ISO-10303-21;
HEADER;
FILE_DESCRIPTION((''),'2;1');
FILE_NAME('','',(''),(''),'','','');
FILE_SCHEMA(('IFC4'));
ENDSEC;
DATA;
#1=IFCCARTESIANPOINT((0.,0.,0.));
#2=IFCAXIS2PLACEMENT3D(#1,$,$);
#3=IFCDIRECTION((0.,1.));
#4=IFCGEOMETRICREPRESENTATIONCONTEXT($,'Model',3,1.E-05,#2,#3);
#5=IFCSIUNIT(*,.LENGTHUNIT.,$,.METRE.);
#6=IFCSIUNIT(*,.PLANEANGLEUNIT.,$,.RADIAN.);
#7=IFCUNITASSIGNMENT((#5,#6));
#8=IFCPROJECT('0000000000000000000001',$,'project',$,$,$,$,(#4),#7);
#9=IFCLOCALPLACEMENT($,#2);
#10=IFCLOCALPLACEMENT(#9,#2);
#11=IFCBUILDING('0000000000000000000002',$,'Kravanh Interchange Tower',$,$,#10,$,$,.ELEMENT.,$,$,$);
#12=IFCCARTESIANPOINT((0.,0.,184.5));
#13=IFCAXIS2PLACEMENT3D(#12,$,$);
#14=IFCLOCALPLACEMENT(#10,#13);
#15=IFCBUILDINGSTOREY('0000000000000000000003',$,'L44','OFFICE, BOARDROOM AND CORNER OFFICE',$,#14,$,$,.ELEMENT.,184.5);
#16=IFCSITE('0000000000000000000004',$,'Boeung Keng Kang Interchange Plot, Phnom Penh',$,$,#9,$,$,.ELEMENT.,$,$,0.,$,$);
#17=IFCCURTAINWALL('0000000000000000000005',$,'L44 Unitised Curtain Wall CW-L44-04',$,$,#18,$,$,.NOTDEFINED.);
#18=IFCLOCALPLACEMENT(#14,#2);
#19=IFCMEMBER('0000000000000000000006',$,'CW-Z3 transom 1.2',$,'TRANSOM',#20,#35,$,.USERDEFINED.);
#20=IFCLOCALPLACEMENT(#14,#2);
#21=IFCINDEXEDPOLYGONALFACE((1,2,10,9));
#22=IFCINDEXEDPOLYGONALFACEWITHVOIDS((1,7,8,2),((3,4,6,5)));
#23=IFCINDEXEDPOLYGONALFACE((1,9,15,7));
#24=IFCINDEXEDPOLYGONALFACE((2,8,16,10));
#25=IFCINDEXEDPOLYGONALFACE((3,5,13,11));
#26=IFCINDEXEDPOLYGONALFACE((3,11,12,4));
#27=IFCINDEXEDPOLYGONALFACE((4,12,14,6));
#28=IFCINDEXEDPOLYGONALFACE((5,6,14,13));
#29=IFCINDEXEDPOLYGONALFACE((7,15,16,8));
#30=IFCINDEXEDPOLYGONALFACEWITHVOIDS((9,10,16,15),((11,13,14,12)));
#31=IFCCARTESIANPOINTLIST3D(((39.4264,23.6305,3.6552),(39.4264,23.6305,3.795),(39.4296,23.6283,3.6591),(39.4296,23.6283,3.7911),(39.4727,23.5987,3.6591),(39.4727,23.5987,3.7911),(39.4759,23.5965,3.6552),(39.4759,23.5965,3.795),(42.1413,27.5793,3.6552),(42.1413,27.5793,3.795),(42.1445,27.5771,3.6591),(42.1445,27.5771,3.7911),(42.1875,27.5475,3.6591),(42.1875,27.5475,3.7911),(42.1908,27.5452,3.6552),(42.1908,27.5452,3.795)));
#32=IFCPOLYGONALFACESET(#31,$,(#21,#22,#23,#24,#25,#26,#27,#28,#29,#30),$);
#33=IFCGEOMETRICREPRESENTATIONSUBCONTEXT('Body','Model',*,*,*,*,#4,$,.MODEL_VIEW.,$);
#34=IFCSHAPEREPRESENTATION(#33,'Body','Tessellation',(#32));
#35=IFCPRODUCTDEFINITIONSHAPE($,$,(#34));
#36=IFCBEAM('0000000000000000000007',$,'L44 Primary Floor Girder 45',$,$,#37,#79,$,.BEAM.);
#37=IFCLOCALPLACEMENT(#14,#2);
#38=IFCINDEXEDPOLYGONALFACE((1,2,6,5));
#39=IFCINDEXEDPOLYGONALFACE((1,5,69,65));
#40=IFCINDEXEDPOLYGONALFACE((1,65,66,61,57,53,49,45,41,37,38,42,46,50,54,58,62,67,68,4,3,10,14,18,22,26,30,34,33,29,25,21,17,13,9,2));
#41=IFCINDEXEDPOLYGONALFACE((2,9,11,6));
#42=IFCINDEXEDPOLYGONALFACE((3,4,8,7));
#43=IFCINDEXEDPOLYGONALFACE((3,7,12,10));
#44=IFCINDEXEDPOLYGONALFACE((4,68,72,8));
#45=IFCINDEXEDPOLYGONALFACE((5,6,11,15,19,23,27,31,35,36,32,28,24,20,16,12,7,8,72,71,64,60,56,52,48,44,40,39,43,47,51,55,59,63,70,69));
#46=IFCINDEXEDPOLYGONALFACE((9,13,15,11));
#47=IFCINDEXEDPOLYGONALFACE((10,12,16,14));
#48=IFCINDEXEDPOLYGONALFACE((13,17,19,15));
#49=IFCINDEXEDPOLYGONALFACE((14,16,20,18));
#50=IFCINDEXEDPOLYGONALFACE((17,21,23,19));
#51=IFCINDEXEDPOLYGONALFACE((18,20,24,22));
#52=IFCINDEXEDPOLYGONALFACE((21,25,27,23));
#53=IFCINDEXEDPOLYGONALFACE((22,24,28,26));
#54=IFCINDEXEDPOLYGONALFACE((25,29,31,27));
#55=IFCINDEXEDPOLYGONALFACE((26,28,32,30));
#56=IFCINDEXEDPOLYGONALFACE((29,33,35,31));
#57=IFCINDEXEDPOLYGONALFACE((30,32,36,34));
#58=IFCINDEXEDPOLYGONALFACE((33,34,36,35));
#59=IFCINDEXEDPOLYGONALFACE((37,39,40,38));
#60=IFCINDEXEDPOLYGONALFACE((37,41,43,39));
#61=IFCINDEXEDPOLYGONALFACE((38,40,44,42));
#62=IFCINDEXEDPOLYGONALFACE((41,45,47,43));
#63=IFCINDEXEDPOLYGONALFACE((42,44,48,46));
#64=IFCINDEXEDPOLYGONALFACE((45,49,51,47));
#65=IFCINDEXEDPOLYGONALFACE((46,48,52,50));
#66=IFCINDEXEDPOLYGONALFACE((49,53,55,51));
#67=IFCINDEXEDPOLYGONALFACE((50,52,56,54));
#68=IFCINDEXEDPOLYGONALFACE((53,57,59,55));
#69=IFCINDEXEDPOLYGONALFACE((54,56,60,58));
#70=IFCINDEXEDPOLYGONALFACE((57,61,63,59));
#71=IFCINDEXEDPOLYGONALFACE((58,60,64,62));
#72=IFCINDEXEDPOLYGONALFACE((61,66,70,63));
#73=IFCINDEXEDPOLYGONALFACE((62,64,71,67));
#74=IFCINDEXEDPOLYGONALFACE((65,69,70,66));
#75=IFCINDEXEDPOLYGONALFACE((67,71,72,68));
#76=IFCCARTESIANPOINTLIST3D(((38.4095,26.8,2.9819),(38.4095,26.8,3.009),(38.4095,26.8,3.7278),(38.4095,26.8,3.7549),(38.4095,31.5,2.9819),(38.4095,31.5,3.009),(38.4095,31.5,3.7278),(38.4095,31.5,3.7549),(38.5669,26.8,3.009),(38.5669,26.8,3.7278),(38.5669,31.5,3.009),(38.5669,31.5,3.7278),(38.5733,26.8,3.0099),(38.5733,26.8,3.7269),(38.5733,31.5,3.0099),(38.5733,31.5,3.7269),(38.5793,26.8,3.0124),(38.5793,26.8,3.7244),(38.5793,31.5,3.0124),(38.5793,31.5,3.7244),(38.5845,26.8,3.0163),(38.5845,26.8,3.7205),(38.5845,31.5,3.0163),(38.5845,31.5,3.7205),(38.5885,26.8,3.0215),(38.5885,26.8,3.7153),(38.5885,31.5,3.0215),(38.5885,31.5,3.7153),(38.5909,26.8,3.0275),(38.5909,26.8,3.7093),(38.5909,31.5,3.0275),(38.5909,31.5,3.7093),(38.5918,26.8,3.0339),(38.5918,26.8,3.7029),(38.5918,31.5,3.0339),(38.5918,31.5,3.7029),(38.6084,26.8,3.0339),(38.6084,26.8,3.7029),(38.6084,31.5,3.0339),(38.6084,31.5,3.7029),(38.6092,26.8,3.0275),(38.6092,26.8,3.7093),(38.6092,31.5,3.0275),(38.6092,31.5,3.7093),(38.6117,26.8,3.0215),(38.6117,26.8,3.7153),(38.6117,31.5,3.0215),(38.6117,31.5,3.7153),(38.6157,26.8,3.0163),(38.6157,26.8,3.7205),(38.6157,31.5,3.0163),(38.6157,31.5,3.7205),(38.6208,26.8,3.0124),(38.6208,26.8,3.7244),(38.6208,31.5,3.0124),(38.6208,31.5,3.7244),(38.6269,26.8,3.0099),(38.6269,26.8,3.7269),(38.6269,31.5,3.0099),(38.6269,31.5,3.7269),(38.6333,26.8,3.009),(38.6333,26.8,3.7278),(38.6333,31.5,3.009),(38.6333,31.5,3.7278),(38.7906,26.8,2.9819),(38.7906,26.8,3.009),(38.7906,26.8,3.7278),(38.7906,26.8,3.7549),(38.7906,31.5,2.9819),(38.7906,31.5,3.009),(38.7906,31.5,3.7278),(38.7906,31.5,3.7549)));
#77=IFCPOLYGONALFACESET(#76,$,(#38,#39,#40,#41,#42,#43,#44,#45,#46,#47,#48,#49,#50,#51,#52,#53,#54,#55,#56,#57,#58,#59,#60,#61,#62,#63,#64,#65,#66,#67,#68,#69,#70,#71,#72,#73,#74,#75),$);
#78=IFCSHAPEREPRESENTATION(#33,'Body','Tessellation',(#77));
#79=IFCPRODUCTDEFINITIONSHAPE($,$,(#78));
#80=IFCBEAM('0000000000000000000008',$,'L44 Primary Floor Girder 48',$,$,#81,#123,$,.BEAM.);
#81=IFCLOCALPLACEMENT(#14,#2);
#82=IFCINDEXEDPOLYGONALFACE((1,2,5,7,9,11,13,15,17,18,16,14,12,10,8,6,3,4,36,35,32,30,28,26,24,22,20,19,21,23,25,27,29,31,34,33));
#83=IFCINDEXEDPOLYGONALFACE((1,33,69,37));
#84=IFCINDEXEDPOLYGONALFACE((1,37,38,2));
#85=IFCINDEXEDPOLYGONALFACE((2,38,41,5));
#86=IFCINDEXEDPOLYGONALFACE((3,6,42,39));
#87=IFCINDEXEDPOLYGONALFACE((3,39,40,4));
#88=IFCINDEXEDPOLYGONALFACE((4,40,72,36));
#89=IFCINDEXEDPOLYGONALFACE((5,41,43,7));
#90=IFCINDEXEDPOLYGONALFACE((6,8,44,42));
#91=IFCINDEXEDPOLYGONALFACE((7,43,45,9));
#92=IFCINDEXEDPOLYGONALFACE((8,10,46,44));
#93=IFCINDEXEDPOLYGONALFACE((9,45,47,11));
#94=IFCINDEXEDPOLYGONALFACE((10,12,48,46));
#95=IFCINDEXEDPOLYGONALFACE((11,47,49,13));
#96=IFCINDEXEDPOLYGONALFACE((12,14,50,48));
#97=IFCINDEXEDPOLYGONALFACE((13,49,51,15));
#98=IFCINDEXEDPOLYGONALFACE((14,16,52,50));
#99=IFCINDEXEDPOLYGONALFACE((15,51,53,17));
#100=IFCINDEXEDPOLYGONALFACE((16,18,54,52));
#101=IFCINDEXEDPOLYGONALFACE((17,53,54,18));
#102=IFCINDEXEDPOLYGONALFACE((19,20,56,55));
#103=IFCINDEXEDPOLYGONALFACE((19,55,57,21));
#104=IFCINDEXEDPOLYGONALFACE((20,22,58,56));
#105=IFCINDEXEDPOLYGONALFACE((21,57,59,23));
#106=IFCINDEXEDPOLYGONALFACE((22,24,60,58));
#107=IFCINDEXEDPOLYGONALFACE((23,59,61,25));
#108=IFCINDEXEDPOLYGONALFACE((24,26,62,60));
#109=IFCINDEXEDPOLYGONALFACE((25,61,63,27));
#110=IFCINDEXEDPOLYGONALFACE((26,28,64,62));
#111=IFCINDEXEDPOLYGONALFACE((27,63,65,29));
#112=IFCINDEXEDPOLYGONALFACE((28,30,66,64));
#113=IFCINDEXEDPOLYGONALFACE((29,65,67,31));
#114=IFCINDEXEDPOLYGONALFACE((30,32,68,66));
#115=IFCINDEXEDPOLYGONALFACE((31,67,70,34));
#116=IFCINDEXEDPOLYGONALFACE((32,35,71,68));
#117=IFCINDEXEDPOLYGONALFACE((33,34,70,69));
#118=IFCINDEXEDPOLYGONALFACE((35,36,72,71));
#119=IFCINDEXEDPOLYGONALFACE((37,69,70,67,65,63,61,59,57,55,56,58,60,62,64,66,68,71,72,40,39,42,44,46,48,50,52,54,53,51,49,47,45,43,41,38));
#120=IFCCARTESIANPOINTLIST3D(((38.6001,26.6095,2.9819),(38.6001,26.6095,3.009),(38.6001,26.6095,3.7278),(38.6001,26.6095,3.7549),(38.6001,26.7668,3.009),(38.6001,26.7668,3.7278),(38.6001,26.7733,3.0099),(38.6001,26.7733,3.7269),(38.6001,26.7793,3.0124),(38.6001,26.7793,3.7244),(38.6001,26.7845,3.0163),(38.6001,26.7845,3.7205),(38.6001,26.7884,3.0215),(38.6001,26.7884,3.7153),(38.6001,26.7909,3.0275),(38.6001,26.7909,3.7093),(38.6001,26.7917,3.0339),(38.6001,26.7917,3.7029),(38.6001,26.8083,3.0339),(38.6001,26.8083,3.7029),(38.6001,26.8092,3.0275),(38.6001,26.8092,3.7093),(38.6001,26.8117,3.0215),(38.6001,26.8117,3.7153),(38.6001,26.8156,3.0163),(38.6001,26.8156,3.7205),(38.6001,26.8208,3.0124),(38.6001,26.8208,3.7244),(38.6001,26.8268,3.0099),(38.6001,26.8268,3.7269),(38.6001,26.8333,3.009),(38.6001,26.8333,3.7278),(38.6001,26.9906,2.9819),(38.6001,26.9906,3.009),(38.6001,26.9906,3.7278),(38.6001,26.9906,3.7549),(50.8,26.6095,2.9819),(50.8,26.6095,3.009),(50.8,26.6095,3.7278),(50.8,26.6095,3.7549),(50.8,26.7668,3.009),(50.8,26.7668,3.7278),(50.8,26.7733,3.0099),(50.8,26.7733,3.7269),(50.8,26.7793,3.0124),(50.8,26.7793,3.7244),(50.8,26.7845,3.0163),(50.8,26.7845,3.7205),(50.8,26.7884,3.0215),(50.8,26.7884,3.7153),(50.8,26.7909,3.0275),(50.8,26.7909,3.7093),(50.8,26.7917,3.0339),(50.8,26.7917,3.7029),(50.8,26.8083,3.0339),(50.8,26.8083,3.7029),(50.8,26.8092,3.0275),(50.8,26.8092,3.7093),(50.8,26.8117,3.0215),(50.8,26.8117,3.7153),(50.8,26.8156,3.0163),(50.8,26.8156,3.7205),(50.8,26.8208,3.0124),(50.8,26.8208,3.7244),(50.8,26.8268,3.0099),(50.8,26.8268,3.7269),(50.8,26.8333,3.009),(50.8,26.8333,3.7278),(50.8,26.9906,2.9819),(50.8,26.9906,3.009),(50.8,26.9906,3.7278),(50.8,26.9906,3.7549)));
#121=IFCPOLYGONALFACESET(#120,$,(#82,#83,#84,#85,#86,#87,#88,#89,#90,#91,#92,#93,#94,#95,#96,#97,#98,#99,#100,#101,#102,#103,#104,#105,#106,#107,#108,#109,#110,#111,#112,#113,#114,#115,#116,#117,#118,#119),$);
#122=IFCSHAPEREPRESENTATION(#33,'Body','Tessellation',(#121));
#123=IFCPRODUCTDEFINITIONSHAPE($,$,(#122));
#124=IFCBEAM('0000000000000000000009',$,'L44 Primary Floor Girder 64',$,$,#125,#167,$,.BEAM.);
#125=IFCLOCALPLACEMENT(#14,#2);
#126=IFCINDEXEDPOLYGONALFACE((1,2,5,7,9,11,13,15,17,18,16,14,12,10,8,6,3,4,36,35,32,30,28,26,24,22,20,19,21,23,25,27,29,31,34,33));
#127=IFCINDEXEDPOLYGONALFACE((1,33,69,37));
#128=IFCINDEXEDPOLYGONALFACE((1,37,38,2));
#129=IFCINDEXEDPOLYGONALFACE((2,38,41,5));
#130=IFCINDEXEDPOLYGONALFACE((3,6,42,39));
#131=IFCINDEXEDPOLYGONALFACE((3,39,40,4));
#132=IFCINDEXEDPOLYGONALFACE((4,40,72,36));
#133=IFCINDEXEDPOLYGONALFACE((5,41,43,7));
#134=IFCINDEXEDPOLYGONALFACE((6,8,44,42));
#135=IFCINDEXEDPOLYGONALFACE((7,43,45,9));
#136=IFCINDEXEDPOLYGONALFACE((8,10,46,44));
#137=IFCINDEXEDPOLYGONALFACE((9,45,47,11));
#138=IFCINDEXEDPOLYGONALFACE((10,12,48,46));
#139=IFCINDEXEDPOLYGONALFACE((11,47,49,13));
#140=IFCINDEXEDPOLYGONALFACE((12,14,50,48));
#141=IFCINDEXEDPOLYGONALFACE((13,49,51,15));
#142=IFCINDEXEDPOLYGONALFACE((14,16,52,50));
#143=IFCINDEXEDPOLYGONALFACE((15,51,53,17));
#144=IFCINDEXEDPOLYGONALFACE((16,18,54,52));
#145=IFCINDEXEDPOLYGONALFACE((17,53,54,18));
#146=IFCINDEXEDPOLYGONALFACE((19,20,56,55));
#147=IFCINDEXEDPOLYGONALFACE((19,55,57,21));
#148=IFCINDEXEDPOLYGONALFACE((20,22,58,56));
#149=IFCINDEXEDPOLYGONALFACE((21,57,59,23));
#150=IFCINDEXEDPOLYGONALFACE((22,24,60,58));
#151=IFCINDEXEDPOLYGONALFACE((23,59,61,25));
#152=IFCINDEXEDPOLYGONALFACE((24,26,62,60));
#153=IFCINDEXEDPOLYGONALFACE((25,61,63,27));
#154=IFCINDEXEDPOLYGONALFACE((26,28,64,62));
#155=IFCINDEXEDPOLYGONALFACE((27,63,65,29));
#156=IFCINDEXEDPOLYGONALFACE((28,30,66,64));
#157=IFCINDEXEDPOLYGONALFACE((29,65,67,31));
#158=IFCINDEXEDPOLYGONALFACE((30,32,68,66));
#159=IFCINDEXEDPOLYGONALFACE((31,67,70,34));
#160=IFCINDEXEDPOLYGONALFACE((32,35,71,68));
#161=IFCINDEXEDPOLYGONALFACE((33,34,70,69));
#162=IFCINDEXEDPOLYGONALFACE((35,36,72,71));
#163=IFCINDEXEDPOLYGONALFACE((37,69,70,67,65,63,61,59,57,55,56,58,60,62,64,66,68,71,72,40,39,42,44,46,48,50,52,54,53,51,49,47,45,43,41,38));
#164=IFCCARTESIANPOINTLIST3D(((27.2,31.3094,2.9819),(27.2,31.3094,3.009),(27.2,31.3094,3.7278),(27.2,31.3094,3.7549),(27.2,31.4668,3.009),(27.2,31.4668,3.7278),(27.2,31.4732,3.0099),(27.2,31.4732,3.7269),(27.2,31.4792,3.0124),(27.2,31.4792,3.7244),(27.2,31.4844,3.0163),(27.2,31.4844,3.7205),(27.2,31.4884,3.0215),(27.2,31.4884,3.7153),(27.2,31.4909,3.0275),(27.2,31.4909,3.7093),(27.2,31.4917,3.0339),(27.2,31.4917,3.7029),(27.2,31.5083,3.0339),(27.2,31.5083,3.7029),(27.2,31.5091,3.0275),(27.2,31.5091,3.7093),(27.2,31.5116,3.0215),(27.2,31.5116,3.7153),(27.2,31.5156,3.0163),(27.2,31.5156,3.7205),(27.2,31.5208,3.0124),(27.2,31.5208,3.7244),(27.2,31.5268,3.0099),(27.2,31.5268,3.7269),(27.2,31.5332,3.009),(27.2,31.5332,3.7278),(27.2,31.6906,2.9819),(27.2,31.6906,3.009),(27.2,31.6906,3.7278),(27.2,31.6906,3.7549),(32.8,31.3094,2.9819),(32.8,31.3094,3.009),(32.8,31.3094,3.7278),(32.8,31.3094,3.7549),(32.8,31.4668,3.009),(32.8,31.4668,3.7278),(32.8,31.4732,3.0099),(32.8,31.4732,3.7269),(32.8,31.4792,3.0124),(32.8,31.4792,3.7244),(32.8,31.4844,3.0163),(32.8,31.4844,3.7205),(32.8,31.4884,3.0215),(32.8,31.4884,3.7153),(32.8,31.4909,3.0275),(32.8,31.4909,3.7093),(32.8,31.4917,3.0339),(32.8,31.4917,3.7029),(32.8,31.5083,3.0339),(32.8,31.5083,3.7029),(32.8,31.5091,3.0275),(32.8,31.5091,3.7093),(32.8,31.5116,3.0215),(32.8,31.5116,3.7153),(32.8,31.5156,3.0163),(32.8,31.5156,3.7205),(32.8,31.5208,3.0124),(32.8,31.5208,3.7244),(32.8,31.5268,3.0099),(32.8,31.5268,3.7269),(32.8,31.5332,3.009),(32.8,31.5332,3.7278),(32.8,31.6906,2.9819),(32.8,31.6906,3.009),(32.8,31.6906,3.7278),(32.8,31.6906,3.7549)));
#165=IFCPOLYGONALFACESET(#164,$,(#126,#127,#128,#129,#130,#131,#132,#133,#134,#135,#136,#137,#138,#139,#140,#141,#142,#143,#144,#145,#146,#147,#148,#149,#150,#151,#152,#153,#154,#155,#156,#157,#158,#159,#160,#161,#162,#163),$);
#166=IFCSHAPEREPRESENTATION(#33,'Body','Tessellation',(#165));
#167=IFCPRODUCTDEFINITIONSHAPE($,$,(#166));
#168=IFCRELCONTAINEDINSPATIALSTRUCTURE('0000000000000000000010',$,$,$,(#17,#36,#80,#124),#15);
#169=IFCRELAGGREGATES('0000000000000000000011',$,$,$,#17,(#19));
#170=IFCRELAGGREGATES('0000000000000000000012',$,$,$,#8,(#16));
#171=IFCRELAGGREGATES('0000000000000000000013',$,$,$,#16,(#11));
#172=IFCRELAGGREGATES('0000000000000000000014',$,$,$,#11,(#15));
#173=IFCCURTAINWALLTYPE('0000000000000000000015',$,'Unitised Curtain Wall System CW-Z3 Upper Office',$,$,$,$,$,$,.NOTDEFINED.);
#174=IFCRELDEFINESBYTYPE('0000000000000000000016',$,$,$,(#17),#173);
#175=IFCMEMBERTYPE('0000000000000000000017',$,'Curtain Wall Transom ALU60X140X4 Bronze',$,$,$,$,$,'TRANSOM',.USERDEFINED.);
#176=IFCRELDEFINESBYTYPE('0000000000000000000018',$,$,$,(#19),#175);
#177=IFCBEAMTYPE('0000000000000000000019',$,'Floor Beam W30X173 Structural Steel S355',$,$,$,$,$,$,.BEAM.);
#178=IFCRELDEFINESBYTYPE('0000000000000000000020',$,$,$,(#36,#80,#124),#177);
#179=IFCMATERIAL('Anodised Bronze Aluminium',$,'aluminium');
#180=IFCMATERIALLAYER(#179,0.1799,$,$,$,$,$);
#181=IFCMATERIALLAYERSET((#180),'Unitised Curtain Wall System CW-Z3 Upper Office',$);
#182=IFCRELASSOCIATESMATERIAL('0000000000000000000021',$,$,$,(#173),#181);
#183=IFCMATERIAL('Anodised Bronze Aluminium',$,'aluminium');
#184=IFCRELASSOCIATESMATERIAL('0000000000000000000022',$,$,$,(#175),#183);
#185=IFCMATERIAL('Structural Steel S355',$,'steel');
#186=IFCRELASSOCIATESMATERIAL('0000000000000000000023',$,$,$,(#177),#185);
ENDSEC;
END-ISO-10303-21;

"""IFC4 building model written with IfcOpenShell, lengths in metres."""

from ifc_helpers import new_model, si_unit, direction, frame, origin, origin_2d, place, context, subcontext, project, spatial, hollow_rectangle, i_section, extrude, material, layer, layer_set, material_profile, profile_set, type_object, element, aggregate, save


model = new_model("IFC4")

# Units and contexts
model_context = context("Model", 3, precision=1e-05, world=origin(), true_north=direction((0.0, 1.0)))
body_context = subcontext(model_context, "Body", "Model", "MODEL_VIEW")
ifc_project = project(units=[si_unit("LENGTHUNIT", "METRE"), si_unit("PLANEANGLEUNIT", "RADIAN")], contexts=[model_context])

# Site, building, storey
site_placement = place(None, origin())
site = spatial("IfcSite", under=ifc_project, at=site_placement, Name="Boeung Keng Kang Interchange Plot, Phnom Penh", CompositionType="ELEMENT", RefElevation=0.0)
building_placement = place(site_placement, origin())
building = spatial("IfcBuilding", under=site, at=building_placement, Name="Kravanh Interchange Tower", CompositionType="ELEMENT")
storey_placement = place(building_placement, frame((0.0, 0.0, 184.5)))
storey = spatial("IfcBuildingStorey", under=building, at=storey_placement, Name="L44", Description="OFFICE, BOARDROOM AND CORNER OFFICE", CompositionType="ELEMENT", Elevation=184.5)

# Curtain wall, member
ifc_material_1 = material(Name="Anodised Bronze Aluminium", Category="aluminium")
ifc_layer = layer(ifc_material_1, 0.1799)
ifc_layer_set = layer_set([ifc_layer], Name="Unitised Curtain Wall System CW-Z3 Upper Office")
curtain_wall_type = type_object("IfcCurtainWallType", Name="Unitised Curtain Wall System CW-Z3 Upper Office", PredefinedType="NOTDEFINED", material=ifc_layer_set)
curtain_wall_placement = place(storey_placement, origin())
curtain_wall = element("IfcCurtainWall", 1, at=curtain_wall_placement, inside=storey, type_object=curtain_wall_type, Name="L44 Unitised Curtain Wall CW-L44-04", PredefinedType="NOTDEFINED")
ifc_material_2 = material(Name="Anodised Bronze Aluminium", Category="aluminium")
ifc_material_profile_1 = material_profile(ifc_material_2, hollow_rectangle(XDim=0.0601, YDim=0.1399, WallThickness=0.0039, at=origin_2d()), Name="ALU60X140X4")
ifc_profile_set_1 = profile_set([ifc_material_profile_1], Name="Anodised Bronze Aluminium")
member_type = type_object("IfcMemberType", Name="Curtain Wall Transom ALU60X140X4 Bronze", ElementType="TRANSOM", PredefinedType="USERDEFINED", material=ifc_profile_set_1)
member_1_placement = place(storey_placement, frame((42.166, 27.5623, 3.7251), z_axis=(-0.566542, -0.824033, 0.0), x_axis=(0.824033, -0.566542, 0.0)))
member_1 = element("IfcMember", 2, at=member_1_placement, type_object=member_type, Name="CW-Z3 transom 1.2", ObjectType="TRANSOM", PredefinedType="USERDEFINED", context=body_context, shape_type="SweptSolid", body=[
    extrude(hollow_rectangle(XDim=0.0601, YDim=0.1399, WallThickness=0.0039, at=origin_2d()), origin(), (0.0, 0.0, 1.0), 4.792),
])
aggregate(curtain_wall, [member_1])

# Beams
ifc_material_3 = material(Name="Structural Steel S355", Category="steel")
ifc_material_profile_2 = material_profile(ifc_material_3, i_section(OverallWidth=0.3811, OverallDepth=0.7729, WebThickness=0.0166, FlangeThickness=0.0271, FilletRadius=0.0249, at=origin_2d()), Name="W30X173")
ifc_profile_set_2 = profile_set([ifc_material_profile_2], Name="Structural Steel S355")
beam_type_1 = type_object("IfcBeamType", Name="Floor Beam W30X173 Structural Steel S355", PredefinedType="BEAM", material=ifc_profile_set_2)
beam_1_placement = place(storey_placement, frame((38.6001, 26.8, 3.3684), z_axis=(0.0, 1.0, 0.0), x_axis=(-1.0, 0.0, 0.0)))
element("IfcBeam", 3, at=beam_1_placement, inside=storey, type_object=beam_type_1, Name="L44 Primary Floor Girder 45", PredefinedType="BEAM", context=body_context, shape_type="SweptSolid", body=[
    extrude(i_section(OverallWidth=0.3811, OverallDepth=0.7729, WebThickness=0.0166, FlangeThickness=0.0271, FilletRadius=0.0249, at=origin_2d()), origin(), (0.0, 0.0, 1.0), 4.7),
])
beam_2_placement = place(storey_placement, frame((38.6001, 26.8, 3.3684), z_axis=(1.0, 0.0, 0.0), x_axis=(0.0, 1.0, 0.0)))
element("IfcBeam", 4, at=beam_2_placement, inside=storey, type_object=beam_type_1, Name="L44 Primary Floor Girder 48", PredefinedType="BEAM", context=body_context, shape_type="SweptSolid", body=[
    extrude(i_section(OverallWidth=0.3811, OverallDepth=0.7729, WebThickness=0.0166, FlangeThickness=0.0271, FilletRadius=0.0249, at=origin_2d()), origin(), (0.0, 0.0, 1.0), 12.2),
])
beam_3_placement = place(storey_placement, frame((27.2, 31.5, 3.3684), z_axis=(1.0, 0.0, 0.0), x_axis=(0.0, 1.0, 0.0)))
element("IfcBeam", 5, at=beam_3_placement, inside=storey, type_object=beam_type_1, Name="L44 Primary Floor Girder 64", PredefinedType="BEAM", context=body_context, shape_type="SweptSolid", body=[
    extrude(i_section(OverallWidth=0.3811, OverallDepth=0.7729, WebThickness=0.0166, FlangeThickness=0.0271, FilletRadius=0.0249, at=origin_2d()), origin(), (0.0, 0.0, 1.0), 5.6001),
])

save(model, "model.ifc")
